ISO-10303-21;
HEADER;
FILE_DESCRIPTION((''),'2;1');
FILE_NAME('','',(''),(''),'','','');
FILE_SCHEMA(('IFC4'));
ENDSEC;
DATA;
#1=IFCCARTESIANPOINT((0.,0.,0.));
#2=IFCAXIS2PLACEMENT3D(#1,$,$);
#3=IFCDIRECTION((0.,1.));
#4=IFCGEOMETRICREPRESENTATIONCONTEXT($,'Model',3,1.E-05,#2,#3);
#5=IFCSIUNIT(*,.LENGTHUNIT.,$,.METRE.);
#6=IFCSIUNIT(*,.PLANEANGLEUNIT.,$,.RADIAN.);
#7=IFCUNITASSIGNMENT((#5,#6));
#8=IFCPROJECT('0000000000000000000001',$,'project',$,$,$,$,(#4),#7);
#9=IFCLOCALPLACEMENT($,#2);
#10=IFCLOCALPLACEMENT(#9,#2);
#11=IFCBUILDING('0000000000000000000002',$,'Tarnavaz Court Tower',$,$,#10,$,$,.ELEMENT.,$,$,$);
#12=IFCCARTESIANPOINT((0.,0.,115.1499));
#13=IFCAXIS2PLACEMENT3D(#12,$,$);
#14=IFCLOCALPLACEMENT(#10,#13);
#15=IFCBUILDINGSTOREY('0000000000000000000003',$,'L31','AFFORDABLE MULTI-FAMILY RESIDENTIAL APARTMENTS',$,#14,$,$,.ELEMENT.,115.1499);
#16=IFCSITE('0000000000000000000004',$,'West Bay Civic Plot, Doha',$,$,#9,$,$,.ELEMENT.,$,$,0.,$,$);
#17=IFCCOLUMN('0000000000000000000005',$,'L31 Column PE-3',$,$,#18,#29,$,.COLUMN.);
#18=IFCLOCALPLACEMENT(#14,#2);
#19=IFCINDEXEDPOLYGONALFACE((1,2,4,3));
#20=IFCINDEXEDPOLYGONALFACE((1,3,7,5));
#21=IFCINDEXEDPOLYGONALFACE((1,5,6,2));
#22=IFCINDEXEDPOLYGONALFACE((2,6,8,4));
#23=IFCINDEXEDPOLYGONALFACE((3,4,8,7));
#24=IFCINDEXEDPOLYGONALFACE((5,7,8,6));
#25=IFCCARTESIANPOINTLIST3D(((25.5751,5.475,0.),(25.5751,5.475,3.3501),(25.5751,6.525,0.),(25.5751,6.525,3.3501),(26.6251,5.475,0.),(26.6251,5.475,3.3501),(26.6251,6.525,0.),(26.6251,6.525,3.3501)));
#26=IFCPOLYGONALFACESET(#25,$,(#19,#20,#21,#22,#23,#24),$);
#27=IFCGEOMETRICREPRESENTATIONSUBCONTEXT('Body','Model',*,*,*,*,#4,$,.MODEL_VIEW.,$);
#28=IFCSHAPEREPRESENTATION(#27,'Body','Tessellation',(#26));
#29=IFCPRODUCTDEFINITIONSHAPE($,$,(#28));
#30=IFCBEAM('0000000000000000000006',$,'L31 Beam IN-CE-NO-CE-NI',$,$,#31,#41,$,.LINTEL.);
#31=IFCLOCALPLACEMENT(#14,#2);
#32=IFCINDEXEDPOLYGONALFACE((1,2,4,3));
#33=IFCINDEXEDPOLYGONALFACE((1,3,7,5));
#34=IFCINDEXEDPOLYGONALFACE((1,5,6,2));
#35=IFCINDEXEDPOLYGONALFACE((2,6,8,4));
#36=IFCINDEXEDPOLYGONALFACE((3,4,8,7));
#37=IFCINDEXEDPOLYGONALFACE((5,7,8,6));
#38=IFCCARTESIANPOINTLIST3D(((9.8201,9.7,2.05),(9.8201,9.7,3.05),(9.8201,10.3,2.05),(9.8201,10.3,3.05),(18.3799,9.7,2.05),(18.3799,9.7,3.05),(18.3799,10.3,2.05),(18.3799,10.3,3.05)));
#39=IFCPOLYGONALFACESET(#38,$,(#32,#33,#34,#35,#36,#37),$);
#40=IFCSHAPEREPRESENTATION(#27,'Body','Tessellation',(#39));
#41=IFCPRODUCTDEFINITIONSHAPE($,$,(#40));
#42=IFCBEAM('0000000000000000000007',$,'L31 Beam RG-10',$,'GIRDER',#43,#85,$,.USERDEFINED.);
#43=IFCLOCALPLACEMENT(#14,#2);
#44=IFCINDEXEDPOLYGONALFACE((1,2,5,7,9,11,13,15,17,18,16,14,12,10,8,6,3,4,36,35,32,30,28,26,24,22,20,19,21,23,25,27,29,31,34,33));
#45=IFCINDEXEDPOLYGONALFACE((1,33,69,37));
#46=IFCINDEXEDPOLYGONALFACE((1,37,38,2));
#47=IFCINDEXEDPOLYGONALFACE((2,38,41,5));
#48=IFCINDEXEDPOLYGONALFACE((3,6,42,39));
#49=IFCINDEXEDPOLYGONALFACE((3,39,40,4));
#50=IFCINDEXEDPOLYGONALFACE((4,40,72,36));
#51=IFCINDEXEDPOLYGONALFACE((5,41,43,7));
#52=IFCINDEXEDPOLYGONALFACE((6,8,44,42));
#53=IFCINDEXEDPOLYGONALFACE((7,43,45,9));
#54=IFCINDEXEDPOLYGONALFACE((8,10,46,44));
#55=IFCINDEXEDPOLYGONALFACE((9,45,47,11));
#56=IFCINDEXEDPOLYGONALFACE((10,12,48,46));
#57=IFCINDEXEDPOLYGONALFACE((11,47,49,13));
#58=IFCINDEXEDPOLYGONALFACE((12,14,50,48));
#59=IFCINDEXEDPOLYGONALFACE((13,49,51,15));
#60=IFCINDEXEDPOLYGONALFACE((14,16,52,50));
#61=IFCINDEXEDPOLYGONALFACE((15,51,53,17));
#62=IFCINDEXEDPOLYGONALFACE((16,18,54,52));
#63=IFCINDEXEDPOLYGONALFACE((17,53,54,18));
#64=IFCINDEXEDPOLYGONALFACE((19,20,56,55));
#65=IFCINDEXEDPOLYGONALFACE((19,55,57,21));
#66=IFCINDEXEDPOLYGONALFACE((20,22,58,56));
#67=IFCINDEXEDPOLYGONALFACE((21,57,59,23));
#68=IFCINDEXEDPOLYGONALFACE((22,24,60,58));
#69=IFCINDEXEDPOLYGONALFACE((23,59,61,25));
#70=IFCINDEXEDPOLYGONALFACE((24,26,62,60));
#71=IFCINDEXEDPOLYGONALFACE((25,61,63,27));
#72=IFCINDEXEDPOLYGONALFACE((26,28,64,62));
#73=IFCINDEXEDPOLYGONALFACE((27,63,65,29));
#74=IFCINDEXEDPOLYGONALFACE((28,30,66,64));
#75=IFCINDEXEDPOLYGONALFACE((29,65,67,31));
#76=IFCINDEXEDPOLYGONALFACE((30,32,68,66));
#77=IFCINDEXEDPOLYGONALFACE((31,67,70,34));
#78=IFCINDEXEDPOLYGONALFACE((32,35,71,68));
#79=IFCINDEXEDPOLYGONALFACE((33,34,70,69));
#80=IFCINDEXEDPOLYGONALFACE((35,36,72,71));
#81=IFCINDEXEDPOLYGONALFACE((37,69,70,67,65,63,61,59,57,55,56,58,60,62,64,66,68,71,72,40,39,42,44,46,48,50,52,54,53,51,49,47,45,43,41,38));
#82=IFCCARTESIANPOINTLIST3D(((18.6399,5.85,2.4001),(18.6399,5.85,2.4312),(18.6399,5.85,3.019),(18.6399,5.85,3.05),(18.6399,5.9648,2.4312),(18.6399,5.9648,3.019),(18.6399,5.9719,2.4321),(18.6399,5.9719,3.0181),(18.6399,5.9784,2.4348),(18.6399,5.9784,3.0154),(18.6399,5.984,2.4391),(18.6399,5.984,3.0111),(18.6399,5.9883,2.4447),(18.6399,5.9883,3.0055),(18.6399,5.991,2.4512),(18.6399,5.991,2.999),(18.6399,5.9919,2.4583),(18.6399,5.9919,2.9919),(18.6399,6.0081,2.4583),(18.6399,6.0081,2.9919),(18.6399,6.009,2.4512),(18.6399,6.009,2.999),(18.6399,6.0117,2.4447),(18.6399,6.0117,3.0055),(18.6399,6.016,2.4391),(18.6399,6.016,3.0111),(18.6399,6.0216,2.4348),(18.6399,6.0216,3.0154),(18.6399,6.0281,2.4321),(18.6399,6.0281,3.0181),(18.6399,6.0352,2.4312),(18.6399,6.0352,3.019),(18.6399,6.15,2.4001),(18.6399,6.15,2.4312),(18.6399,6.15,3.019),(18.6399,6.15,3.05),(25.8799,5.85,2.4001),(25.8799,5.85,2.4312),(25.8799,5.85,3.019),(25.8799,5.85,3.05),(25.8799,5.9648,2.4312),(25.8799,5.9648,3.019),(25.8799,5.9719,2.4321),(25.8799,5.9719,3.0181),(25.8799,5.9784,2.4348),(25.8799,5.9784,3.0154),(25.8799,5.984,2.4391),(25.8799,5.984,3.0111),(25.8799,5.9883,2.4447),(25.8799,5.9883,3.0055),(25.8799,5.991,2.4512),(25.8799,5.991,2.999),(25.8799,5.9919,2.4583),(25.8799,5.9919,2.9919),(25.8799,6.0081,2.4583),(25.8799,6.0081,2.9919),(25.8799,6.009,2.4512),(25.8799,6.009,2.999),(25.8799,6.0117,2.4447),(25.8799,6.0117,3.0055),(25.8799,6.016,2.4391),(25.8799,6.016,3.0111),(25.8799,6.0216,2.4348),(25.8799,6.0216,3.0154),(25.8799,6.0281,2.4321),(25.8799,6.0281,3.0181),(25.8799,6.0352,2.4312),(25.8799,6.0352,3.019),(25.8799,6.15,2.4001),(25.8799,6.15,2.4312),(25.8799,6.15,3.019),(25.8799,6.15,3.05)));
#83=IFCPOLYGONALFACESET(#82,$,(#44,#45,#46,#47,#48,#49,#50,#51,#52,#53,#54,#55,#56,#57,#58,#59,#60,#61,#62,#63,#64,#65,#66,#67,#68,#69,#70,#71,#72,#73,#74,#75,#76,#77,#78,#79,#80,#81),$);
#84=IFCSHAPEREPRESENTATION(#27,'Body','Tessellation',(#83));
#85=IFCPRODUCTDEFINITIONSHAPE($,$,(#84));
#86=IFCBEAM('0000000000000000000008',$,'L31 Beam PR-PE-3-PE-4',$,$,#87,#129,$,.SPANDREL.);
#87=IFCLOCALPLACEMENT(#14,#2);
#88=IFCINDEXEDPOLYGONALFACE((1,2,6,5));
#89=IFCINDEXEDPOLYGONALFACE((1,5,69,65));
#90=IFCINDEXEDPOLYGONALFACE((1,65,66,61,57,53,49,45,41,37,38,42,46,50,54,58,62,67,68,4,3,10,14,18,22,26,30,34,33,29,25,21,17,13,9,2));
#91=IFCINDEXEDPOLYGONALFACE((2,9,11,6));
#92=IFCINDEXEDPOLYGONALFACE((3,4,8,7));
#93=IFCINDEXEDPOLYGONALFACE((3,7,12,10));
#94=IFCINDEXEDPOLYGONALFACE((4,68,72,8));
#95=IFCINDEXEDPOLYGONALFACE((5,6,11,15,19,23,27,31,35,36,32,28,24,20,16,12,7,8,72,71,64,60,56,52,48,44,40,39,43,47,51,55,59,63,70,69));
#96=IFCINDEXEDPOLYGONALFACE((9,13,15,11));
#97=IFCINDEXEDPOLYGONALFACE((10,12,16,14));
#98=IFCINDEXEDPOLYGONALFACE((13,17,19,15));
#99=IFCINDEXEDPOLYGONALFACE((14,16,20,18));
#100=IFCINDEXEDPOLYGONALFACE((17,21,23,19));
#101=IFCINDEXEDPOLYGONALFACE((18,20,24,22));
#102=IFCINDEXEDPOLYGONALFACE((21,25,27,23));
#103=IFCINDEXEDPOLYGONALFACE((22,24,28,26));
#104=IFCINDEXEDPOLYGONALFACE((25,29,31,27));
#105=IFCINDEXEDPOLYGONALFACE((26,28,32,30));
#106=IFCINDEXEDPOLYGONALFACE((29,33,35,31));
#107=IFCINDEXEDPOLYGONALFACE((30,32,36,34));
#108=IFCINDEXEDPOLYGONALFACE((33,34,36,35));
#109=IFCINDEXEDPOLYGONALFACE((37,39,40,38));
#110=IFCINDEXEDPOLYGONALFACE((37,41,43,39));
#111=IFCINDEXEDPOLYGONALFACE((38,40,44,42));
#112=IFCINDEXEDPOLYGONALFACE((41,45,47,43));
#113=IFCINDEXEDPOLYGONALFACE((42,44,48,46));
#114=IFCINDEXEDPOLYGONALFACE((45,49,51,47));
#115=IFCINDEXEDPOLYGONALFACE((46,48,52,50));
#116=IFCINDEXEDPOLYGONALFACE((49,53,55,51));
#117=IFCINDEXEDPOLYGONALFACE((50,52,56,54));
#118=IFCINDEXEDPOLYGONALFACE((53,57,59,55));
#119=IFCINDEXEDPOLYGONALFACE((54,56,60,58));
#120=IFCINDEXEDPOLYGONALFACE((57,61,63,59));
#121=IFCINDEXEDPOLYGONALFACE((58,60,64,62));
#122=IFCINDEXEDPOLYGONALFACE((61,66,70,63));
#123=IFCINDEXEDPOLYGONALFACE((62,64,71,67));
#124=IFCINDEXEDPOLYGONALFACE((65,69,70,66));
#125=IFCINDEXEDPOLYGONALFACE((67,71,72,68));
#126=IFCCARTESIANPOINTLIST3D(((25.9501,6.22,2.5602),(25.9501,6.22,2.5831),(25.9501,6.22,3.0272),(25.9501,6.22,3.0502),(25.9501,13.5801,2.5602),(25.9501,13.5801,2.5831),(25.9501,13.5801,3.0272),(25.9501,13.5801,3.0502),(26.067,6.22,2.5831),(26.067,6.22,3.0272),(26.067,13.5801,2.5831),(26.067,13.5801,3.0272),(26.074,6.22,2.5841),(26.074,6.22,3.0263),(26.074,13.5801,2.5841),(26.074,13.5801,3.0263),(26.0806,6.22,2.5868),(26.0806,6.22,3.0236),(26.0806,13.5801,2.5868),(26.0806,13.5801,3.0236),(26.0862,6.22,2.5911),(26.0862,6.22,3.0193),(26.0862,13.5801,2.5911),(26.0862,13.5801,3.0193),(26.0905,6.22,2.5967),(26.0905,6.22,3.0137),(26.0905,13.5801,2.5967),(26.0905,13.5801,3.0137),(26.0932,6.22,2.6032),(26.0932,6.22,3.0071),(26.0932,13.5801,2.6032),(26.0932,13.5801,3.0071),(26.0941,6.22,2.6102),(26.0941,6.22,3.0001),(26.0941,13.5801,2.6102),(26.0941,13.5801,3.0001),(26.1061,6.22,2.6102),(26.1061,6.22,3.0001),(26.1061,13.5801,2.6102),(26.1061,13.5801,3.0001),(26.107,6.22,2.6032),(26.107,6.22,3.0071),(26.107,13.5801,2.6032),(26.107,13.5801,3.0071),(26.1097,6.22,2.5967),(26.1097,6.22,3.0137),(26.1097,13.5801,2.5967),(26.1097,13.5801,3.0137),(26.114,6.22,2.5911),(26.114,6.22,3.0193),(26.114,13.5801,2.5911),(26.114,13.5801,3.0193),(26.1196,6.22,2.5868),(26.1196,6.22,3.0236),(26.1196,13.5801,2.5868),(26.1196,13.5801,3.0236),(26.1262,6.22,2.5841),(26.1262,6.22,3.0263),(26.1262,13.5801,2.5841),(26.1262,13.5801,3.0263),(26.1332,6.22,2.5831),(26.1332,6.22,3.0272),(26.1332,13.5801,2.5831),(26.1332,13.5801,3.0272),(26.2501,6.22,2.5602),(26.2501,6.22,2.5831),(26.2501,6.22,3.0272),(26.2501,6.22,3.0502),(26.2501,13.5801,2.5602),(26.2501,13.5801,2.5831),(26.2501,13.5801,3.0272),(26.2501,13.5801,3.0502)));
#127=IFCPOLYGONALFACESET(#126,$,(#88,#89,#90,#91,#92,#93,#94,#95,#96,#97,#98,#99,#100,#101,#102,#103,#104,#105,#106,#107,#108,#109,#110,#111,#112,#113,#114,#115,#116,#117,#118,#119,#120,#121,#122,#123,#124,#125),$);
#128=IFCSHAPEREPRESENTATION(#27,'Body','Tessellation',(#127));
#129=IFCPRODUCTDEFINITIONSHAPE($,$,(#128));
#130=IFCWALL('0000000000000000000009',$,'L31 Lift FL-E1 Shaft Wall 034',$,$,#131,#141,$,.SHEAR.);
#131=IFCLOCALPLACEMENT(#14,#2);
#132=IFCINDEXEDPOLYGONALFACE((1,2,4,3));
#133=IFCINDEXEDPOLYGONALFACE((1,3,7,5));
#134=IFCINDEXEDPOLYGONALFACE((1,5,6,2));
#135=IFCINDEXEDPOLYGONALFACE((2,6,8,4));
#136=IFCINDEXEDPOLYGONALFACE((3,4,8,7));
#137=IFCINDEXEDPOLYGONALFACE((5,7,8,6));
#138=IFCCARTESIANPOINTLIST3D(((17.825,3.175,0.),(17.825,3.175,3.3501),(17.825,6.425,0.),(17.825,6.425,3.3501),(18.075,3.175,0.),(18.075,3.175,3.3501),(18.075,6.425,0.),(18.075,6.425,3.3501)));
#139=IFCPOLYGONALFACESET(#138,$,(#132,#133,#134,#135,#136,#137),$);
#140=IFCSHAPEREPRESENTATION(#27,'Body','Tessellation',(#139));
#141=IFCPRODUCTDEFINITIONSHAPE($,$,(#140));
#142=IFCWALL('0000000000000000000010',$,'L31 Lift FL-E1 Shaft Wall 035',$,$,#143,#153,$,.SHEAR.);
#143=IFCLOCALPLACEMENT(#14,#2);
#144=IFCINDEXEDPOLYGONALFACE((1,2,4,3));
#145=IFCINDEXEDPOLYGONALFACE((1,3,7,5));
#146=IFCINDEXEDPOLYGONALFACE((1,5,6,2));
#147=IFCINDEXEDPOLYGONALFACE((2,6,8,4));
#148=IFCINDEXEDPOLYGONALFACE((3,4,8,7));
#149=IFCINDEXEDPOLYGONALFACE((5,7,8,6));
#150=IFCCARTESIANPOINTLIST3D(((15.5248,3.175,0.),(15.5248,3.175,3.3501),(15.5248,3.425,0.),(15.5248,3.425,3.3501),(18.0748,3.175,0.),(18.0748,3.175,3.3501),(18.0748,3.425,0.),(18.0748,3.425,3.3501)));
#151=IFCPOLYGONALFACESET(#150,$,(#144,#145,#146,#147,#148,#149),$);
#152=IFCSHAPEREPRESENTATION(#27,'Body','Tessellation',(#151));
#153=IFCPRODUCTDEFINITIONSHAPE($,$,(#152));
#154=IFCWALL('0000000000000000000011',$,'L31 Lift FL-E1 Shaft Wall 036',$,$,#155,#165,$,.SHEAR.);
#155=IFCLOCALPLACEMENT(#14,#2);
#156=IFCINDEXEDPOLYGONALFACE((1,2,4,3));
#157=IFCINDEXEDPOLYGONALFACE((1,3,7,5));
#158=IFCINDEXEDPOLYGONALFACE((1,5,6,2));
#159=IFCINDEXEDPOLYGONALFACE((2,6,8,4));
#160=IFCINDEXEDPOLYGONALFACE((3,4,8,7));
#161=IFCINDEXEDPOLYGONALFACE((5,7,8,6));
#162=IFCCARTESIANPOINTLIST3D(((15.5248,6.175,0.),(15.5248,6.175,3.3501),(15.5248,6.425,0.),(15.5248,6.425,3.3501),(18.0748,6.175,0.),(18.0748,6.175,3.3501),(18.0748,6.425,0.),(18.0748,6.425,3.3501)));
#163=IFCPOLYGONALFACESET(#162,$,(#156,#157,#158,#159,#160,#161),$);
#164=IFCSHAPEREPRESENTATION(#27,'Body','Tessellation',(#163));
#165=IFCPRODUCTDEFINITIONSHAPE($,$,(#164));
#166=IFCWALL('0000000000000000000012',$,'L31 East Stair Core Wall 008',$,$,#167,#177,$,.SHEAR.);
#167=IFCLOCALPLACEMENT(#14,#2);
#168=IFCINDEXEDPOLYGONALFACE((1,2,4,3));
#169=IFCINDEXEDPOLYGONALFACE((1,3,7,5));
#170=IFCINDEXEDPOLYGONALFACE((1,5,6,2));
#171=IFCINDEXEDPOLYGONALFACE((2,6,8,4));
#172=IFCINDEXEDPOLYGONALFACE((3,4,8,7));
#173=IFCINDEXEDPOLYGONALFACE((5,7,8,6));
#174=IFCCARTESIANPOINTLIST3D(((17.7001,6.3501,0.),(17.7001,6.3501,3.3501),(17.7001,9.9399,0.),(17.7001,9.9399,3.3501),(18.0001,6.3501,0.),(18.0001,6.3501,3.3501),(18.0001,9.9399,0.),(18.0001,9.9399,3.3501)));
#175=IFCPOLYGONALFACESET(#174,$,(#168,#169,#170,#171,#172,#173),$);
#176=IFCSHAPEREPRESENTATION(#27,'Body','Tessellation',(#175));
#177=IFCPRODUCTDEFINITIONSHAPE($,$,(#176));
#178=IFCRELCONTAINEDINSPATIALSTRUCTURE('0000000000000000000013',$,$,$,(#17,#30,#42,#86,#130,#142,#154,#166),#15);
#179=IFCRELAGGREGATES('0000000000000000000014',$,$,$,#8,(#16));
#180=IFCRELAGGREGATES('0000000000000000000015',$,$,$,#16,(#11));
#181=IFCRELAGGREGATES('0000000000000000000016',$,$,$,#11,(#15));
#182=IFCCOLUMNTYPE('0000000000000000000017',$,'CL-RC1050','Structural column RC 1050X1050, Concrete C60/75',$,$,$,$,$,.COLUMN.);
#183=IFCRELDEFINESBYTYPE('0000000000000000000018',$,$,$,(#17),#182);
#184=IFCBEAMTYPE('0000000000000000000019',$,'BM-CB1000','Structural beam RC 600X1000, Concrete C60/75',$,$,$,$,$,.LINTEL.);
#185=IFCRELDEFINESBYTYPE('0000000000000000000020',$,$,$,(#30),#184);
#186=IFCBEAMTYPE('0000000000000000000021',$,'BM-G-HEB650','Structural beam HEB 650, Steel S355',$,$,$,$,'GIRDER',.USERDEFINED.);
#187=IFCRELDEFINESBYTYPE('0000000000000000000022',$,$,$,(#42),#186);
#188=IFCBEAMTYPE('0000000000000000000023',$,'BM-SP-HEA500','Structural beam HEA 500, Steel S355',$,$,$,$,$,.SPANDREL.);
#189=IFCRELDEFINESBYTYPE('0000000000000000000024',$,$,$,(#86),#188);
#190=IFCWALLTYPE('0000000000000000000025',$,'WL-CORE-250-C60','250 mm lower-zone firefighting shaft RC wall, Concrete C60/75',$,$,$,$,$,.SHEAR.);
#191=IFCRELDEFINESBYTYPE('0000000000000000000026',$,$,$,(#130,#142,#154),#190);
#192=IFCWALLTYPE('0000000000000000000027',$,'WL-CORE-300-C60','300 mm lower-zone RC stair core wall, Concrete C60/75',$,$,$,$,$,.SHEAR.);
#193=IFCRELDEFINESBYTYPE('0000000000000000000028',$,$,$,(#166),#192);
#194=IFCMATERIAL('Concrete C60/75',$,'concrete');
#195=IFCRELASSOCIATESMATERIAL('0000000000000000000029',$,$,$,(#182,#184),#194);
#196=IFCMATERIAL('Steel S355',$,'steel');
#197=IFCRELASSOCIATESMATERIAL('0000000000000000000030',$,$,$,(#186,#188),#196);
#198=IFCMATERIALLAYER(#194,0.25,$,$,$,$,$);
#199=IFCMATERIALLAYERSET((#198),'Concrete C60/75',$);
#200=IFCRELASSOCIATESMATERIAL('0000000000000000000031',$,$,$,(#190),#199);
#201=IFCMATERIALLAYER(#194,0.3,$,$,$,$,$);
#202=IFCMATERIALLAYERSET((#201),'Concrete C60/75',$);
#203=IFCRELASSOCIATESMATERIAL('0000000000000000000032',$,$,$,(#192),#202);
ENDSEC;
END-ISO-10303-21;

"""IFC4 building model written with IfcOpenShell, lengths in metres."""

from ifc_helpers import new_model, si_unit, direction, frame, frame_2d, origin, origin_2d, place, context, subcontext, project, spatial, rectangle, i_section, extrude, material, layer, layer_set, material_profile, profile_set, type_object, element, save


model = new_model("IFC4")

# Units and contexts
model_context = context("Model", 3, precision=1e-05, world=origin(), true_north=direction((0.0, 1.0)))
body_context = subcontext(model_context, "Body", "Model", "MODEL_VIEW")
ifc_project = project(units=[si_unit("LENGTHUNIT", "METRE"), si_unit("PLANEANGLEUNIT", "RADIAN")], contexts=[model_context])

# Site, building, storey
site_placement = place(None, origin())
site = spatial("IfcSite", under=ifc_project, at=site_placement, Name="West Bay Civic Plot, Doha", CompositionType="ELEMENT", RefElevation=0.0)
building_placement = place(site_placement, origin())
building = spatial("IfcBuilding", under=site, at=building_placement, Name="Tarnavaz Court Tower", CompositionType="ELEMENT")
storey_placement = place(building_placement, frame((0.0, 0.0, 115.1499)))
storey = spatial("IfcBuildingStorey", under=building, at=storey_placement, Name="L31", Description="AFFORDABLE MULTI-FAMILY RESIDENTIAL APARTMENTS", CompositionType="ELEMENT", Elevation=115.1499)

# Column
ifc_material_1 = material(Name="Concrete C60/75", Category="concrete")
ifc_material_profile_1 = material_profile(ifc_material_1, rectangle(XDim=1.05, YDim=1.05, at=origin_2d()), Name="RC 1050X1050")
ifc_profile_set_1 = profile_set([ifc_material_profile_1], Name="Concrete C60/75")
column_type = type_object("IfcColumnType", Name="CL-RC1050", Description="Structural column RC 1050X1050, Concrete C60/75", PredefinedType="COLUMN", material=ifc_profile_set_1)
column_placement = place(storey_placement, frame((26.1001, 6.0, 0.0), z_axis=(0.0, 0.0, 1.0), x_axis=(1.0, 0.0, 0.0)))
element("IfcColumn", 1, at=column_placement, inside=storey, type_object=column_type, Name="L31 Column PE-3", PredefinedType="COLUMN", context=body_context, shape_type="SweptSolid", body=[
    extrude(rectangle(XDim=1.05, YDim=1.05, at=origin_2d()), origin(), (0.0, 0.0, 1.0), 3.3501),
])

# Beams
ifc_material_profile_2 = material_profile(ifc_material_1, rectangle(XDim=0.6001, YDim=1.0, at=origin_2d()), Name="RC 600X1000")
ifc_profile_set_2 = profile_set([ifc_material_profile_2], Name="Concrete C60/75")
beam_type_1 = type_object("IfcBeamType", Name="BM-CB1000", Description="Structural beam RC 600X1000, Concrete C60/75", PredefinedType="LINTEL", material=ifc_profile_set_2)
beam_1_placement = place(storey_placement, frame((18.3799, 10.0, 2.55), z_axis=(-1.0, 0.0, 0.0), x_axis=(0.0, -1.0, 0.0)))
element("IfcBeam", 2, at=beam_1_placement, inside=storey, type_object=beam_type_1, Name="L31 Beam IN-CE-NO-CE-NI", PredefinedType="LINTEL", context=body_context, shape_type="SweptSolid", body=[
    extrude(rectangle(XDim=0.6001, YDim=1.0, at=origin_2d()), origin(), (0.0, 0.0, 1.0), 8.5598),
])
ifc_material_2 = material(Name="Steel S355", Category="steel")
ifc_material_profile_3 = material_profile(ifc_material_2, i_section(OverallWidth=0.3, OverallDepth=0.6499, WebThickness=0.0161, FlangeThickness=0.031, FilletRadius=0.0271, at=origin_2d()), Name="HEB 650")
ifc_profile_set_3 = profile_set([ifc_material_profile_3], Name="Steel S355")
beam_type_2 = type_object("IfcBeamType", Name="BM-G-HEB650", Description="Structural beam HEB 650, Steel S355", ElementType="GIRDER", PredefinedType="USERDEFINED", material=ifc_profile_set_3)
beam_2_placement = place(storey_placement, frame((18.6399, 6.0, 2.7251), z_axis=(1.0, 0.0, 0.0), x_axis=(0.0, 1.0, 0.0)))
element("IfcBeam", 3, at=beam_2_placement, inside=storey, type_object=beam_type_2, Name="L31 Beam RG-10", ObjectType="GIRDER", PredefinedType="USERDEFINED", context=body_context, shape_type="SweptSolid", body=[
    extrude(i_section(OverallWidth=0.3, OverallDepth=0.6499, WebThickness=0.0161, FlangeThickness=0.031, FilletRadius=0.0271, at=origin_2d()), origin(), (0.0, 0.0, 1.0), 7.24),
])
ifc_material_profile_4 = material_profile(ifc_material_2, i_section(OverallWidth=0.3, OverallDepth=0.49, WebThickness=0.012, FlangeThickness=0.0229, FilletRadius=0.0271, at=origin_2d()), Name="HEA 500")
ifc_profile_set_4 = profile_set([ifc_material_profile_4], Name="Steel S355")
beam_type_3 = type_object("IfcBeamType", Name="BM-SP-HEA500", Description="Structural beam HEA 500, Steel S355", PredefinedType="SPANDREL", material=ifc_profile_set_4)
beam_3_placement = place(storey_placement, frame((26.1001, 6.22, 2.8052), z_axis=(0.0, 1.0, 0.0), x_axis=(-1.0, 0.0, 0.0)))
element("IfcBeam", 4, at=beam_3_placement, inside=storey, type_object=beam_type_3, Name="L31 Beam PR-PE-3-PE-4", PredefinedType="SPANDREL", context=body_context, shape_type="SweptSolid", body=[
    extrude(i_section(OverallWidth=0.3, OverallDepth=0.49, WebThickness=0.012, FlangeThickness=0.0229, FilletRadius=0.0271, at=origin_2d()), origin(), (0.0, 0.0, 1.0), 7.3601),
])

# Shared definitions
ifc_layer_1 = layer(ifc_material_1, 0.25)
ifc_layer_set_1 = layer_set([ifc_layer_1], Name="Concrete C60/75")
wall_type_1 = type_object("IfcWallType", Name="WL-CORE-250-C60", Description="250 mm lower-zone firefighting shaft RC wall, Concrete C60/75", PredefinedType="SHEAR", material=ifc_layer_set_1)

# Walls
wall_1_placement = place(storey_placement, frame((17.95, 3.175, 0.0), z_axis=(0.0, 0.0, 1.0), x_axis=(0.0, 1.0, 0.0)))
element("IfcWall", 5, at=wall_1_placement, inside=storey, type_object=wall_type_1, Name="L31 Lift FL-E1 Shaft Wall 034", PredefinedType="SHEAR", context=body_context, shape_type="SweptSolid", body=[
    extrude(rectangle(XDim=3.25, YDim=0.25, at=frame_2d((1.625, 0.0))), origin(), (0.0, 0.0, 1.0), 3.3501),
])
for number, where, z_axis, x_axis, name in (
    (6, (15.5249, 3.3, 0.0), (0.0, 0.0, 1.0), (1.0, 0.0, 0.0), "L31 Lift FL-E1 Shaft Wall 035"),
    (7, (15.5249, 6.3, 0.0), (0.0, 0.0, 1.0), (1.0, 0.0, 0.0), "L31 Lift FL-E1 Shaft Wall 036"),
):
    element("IfcWall", number, at=place(storey_placement, frame(where, z_axis=z_axis, x_axis=x_axis)), inside=storey, type_object=wall_type_1, Name=name, PredefinedType="SHEAR", context=body_context, shape_type="SweptSolid", body=[
        extrude(rectangle(XDim=2.55, YDim=0.25, at=frame_2d((1.2749, 0.0))), origin(), (0.0, 0.0, 1.0), 3.3501),
    ])
ifc_layer_2 = layer(ifc_material_1, 0.3)
ifc_layer_set_2 = layer_set([ifc_layer_2], Name="Concrete C60/75")
wall_type_2 = type_object("IfcWallType", Name="WL-CORE-300-C60", Description="300 mm lower-zone RC stair core wall, Concrete C60/75", PredefinedType="SHEAR", material=ifc_layer_set_2)
wall_2_placement = place(storey_placement, frame((17.8501, 6.3501, 0.0), z_axis=(0.0, 0.0, 1.0), x_axis=(0.0, 1.0, 0.0)))
element("IfcWall", 8, at=wall_2_placement, inside=storey, type_object=wall_type_2, Name="L31 East Stair Core Wall 008", PredefinedType="SHEAR", context=body_context, shape_type="SweptSolid", body=[
    extrude(rectangle(XDim=3.5898, YDim=0.3, at=frame_2d((1.7949, 0.0))), origin(), (0.0, 0.0, 1.0), 3.3501),
])

save(model, "model.ifc")
